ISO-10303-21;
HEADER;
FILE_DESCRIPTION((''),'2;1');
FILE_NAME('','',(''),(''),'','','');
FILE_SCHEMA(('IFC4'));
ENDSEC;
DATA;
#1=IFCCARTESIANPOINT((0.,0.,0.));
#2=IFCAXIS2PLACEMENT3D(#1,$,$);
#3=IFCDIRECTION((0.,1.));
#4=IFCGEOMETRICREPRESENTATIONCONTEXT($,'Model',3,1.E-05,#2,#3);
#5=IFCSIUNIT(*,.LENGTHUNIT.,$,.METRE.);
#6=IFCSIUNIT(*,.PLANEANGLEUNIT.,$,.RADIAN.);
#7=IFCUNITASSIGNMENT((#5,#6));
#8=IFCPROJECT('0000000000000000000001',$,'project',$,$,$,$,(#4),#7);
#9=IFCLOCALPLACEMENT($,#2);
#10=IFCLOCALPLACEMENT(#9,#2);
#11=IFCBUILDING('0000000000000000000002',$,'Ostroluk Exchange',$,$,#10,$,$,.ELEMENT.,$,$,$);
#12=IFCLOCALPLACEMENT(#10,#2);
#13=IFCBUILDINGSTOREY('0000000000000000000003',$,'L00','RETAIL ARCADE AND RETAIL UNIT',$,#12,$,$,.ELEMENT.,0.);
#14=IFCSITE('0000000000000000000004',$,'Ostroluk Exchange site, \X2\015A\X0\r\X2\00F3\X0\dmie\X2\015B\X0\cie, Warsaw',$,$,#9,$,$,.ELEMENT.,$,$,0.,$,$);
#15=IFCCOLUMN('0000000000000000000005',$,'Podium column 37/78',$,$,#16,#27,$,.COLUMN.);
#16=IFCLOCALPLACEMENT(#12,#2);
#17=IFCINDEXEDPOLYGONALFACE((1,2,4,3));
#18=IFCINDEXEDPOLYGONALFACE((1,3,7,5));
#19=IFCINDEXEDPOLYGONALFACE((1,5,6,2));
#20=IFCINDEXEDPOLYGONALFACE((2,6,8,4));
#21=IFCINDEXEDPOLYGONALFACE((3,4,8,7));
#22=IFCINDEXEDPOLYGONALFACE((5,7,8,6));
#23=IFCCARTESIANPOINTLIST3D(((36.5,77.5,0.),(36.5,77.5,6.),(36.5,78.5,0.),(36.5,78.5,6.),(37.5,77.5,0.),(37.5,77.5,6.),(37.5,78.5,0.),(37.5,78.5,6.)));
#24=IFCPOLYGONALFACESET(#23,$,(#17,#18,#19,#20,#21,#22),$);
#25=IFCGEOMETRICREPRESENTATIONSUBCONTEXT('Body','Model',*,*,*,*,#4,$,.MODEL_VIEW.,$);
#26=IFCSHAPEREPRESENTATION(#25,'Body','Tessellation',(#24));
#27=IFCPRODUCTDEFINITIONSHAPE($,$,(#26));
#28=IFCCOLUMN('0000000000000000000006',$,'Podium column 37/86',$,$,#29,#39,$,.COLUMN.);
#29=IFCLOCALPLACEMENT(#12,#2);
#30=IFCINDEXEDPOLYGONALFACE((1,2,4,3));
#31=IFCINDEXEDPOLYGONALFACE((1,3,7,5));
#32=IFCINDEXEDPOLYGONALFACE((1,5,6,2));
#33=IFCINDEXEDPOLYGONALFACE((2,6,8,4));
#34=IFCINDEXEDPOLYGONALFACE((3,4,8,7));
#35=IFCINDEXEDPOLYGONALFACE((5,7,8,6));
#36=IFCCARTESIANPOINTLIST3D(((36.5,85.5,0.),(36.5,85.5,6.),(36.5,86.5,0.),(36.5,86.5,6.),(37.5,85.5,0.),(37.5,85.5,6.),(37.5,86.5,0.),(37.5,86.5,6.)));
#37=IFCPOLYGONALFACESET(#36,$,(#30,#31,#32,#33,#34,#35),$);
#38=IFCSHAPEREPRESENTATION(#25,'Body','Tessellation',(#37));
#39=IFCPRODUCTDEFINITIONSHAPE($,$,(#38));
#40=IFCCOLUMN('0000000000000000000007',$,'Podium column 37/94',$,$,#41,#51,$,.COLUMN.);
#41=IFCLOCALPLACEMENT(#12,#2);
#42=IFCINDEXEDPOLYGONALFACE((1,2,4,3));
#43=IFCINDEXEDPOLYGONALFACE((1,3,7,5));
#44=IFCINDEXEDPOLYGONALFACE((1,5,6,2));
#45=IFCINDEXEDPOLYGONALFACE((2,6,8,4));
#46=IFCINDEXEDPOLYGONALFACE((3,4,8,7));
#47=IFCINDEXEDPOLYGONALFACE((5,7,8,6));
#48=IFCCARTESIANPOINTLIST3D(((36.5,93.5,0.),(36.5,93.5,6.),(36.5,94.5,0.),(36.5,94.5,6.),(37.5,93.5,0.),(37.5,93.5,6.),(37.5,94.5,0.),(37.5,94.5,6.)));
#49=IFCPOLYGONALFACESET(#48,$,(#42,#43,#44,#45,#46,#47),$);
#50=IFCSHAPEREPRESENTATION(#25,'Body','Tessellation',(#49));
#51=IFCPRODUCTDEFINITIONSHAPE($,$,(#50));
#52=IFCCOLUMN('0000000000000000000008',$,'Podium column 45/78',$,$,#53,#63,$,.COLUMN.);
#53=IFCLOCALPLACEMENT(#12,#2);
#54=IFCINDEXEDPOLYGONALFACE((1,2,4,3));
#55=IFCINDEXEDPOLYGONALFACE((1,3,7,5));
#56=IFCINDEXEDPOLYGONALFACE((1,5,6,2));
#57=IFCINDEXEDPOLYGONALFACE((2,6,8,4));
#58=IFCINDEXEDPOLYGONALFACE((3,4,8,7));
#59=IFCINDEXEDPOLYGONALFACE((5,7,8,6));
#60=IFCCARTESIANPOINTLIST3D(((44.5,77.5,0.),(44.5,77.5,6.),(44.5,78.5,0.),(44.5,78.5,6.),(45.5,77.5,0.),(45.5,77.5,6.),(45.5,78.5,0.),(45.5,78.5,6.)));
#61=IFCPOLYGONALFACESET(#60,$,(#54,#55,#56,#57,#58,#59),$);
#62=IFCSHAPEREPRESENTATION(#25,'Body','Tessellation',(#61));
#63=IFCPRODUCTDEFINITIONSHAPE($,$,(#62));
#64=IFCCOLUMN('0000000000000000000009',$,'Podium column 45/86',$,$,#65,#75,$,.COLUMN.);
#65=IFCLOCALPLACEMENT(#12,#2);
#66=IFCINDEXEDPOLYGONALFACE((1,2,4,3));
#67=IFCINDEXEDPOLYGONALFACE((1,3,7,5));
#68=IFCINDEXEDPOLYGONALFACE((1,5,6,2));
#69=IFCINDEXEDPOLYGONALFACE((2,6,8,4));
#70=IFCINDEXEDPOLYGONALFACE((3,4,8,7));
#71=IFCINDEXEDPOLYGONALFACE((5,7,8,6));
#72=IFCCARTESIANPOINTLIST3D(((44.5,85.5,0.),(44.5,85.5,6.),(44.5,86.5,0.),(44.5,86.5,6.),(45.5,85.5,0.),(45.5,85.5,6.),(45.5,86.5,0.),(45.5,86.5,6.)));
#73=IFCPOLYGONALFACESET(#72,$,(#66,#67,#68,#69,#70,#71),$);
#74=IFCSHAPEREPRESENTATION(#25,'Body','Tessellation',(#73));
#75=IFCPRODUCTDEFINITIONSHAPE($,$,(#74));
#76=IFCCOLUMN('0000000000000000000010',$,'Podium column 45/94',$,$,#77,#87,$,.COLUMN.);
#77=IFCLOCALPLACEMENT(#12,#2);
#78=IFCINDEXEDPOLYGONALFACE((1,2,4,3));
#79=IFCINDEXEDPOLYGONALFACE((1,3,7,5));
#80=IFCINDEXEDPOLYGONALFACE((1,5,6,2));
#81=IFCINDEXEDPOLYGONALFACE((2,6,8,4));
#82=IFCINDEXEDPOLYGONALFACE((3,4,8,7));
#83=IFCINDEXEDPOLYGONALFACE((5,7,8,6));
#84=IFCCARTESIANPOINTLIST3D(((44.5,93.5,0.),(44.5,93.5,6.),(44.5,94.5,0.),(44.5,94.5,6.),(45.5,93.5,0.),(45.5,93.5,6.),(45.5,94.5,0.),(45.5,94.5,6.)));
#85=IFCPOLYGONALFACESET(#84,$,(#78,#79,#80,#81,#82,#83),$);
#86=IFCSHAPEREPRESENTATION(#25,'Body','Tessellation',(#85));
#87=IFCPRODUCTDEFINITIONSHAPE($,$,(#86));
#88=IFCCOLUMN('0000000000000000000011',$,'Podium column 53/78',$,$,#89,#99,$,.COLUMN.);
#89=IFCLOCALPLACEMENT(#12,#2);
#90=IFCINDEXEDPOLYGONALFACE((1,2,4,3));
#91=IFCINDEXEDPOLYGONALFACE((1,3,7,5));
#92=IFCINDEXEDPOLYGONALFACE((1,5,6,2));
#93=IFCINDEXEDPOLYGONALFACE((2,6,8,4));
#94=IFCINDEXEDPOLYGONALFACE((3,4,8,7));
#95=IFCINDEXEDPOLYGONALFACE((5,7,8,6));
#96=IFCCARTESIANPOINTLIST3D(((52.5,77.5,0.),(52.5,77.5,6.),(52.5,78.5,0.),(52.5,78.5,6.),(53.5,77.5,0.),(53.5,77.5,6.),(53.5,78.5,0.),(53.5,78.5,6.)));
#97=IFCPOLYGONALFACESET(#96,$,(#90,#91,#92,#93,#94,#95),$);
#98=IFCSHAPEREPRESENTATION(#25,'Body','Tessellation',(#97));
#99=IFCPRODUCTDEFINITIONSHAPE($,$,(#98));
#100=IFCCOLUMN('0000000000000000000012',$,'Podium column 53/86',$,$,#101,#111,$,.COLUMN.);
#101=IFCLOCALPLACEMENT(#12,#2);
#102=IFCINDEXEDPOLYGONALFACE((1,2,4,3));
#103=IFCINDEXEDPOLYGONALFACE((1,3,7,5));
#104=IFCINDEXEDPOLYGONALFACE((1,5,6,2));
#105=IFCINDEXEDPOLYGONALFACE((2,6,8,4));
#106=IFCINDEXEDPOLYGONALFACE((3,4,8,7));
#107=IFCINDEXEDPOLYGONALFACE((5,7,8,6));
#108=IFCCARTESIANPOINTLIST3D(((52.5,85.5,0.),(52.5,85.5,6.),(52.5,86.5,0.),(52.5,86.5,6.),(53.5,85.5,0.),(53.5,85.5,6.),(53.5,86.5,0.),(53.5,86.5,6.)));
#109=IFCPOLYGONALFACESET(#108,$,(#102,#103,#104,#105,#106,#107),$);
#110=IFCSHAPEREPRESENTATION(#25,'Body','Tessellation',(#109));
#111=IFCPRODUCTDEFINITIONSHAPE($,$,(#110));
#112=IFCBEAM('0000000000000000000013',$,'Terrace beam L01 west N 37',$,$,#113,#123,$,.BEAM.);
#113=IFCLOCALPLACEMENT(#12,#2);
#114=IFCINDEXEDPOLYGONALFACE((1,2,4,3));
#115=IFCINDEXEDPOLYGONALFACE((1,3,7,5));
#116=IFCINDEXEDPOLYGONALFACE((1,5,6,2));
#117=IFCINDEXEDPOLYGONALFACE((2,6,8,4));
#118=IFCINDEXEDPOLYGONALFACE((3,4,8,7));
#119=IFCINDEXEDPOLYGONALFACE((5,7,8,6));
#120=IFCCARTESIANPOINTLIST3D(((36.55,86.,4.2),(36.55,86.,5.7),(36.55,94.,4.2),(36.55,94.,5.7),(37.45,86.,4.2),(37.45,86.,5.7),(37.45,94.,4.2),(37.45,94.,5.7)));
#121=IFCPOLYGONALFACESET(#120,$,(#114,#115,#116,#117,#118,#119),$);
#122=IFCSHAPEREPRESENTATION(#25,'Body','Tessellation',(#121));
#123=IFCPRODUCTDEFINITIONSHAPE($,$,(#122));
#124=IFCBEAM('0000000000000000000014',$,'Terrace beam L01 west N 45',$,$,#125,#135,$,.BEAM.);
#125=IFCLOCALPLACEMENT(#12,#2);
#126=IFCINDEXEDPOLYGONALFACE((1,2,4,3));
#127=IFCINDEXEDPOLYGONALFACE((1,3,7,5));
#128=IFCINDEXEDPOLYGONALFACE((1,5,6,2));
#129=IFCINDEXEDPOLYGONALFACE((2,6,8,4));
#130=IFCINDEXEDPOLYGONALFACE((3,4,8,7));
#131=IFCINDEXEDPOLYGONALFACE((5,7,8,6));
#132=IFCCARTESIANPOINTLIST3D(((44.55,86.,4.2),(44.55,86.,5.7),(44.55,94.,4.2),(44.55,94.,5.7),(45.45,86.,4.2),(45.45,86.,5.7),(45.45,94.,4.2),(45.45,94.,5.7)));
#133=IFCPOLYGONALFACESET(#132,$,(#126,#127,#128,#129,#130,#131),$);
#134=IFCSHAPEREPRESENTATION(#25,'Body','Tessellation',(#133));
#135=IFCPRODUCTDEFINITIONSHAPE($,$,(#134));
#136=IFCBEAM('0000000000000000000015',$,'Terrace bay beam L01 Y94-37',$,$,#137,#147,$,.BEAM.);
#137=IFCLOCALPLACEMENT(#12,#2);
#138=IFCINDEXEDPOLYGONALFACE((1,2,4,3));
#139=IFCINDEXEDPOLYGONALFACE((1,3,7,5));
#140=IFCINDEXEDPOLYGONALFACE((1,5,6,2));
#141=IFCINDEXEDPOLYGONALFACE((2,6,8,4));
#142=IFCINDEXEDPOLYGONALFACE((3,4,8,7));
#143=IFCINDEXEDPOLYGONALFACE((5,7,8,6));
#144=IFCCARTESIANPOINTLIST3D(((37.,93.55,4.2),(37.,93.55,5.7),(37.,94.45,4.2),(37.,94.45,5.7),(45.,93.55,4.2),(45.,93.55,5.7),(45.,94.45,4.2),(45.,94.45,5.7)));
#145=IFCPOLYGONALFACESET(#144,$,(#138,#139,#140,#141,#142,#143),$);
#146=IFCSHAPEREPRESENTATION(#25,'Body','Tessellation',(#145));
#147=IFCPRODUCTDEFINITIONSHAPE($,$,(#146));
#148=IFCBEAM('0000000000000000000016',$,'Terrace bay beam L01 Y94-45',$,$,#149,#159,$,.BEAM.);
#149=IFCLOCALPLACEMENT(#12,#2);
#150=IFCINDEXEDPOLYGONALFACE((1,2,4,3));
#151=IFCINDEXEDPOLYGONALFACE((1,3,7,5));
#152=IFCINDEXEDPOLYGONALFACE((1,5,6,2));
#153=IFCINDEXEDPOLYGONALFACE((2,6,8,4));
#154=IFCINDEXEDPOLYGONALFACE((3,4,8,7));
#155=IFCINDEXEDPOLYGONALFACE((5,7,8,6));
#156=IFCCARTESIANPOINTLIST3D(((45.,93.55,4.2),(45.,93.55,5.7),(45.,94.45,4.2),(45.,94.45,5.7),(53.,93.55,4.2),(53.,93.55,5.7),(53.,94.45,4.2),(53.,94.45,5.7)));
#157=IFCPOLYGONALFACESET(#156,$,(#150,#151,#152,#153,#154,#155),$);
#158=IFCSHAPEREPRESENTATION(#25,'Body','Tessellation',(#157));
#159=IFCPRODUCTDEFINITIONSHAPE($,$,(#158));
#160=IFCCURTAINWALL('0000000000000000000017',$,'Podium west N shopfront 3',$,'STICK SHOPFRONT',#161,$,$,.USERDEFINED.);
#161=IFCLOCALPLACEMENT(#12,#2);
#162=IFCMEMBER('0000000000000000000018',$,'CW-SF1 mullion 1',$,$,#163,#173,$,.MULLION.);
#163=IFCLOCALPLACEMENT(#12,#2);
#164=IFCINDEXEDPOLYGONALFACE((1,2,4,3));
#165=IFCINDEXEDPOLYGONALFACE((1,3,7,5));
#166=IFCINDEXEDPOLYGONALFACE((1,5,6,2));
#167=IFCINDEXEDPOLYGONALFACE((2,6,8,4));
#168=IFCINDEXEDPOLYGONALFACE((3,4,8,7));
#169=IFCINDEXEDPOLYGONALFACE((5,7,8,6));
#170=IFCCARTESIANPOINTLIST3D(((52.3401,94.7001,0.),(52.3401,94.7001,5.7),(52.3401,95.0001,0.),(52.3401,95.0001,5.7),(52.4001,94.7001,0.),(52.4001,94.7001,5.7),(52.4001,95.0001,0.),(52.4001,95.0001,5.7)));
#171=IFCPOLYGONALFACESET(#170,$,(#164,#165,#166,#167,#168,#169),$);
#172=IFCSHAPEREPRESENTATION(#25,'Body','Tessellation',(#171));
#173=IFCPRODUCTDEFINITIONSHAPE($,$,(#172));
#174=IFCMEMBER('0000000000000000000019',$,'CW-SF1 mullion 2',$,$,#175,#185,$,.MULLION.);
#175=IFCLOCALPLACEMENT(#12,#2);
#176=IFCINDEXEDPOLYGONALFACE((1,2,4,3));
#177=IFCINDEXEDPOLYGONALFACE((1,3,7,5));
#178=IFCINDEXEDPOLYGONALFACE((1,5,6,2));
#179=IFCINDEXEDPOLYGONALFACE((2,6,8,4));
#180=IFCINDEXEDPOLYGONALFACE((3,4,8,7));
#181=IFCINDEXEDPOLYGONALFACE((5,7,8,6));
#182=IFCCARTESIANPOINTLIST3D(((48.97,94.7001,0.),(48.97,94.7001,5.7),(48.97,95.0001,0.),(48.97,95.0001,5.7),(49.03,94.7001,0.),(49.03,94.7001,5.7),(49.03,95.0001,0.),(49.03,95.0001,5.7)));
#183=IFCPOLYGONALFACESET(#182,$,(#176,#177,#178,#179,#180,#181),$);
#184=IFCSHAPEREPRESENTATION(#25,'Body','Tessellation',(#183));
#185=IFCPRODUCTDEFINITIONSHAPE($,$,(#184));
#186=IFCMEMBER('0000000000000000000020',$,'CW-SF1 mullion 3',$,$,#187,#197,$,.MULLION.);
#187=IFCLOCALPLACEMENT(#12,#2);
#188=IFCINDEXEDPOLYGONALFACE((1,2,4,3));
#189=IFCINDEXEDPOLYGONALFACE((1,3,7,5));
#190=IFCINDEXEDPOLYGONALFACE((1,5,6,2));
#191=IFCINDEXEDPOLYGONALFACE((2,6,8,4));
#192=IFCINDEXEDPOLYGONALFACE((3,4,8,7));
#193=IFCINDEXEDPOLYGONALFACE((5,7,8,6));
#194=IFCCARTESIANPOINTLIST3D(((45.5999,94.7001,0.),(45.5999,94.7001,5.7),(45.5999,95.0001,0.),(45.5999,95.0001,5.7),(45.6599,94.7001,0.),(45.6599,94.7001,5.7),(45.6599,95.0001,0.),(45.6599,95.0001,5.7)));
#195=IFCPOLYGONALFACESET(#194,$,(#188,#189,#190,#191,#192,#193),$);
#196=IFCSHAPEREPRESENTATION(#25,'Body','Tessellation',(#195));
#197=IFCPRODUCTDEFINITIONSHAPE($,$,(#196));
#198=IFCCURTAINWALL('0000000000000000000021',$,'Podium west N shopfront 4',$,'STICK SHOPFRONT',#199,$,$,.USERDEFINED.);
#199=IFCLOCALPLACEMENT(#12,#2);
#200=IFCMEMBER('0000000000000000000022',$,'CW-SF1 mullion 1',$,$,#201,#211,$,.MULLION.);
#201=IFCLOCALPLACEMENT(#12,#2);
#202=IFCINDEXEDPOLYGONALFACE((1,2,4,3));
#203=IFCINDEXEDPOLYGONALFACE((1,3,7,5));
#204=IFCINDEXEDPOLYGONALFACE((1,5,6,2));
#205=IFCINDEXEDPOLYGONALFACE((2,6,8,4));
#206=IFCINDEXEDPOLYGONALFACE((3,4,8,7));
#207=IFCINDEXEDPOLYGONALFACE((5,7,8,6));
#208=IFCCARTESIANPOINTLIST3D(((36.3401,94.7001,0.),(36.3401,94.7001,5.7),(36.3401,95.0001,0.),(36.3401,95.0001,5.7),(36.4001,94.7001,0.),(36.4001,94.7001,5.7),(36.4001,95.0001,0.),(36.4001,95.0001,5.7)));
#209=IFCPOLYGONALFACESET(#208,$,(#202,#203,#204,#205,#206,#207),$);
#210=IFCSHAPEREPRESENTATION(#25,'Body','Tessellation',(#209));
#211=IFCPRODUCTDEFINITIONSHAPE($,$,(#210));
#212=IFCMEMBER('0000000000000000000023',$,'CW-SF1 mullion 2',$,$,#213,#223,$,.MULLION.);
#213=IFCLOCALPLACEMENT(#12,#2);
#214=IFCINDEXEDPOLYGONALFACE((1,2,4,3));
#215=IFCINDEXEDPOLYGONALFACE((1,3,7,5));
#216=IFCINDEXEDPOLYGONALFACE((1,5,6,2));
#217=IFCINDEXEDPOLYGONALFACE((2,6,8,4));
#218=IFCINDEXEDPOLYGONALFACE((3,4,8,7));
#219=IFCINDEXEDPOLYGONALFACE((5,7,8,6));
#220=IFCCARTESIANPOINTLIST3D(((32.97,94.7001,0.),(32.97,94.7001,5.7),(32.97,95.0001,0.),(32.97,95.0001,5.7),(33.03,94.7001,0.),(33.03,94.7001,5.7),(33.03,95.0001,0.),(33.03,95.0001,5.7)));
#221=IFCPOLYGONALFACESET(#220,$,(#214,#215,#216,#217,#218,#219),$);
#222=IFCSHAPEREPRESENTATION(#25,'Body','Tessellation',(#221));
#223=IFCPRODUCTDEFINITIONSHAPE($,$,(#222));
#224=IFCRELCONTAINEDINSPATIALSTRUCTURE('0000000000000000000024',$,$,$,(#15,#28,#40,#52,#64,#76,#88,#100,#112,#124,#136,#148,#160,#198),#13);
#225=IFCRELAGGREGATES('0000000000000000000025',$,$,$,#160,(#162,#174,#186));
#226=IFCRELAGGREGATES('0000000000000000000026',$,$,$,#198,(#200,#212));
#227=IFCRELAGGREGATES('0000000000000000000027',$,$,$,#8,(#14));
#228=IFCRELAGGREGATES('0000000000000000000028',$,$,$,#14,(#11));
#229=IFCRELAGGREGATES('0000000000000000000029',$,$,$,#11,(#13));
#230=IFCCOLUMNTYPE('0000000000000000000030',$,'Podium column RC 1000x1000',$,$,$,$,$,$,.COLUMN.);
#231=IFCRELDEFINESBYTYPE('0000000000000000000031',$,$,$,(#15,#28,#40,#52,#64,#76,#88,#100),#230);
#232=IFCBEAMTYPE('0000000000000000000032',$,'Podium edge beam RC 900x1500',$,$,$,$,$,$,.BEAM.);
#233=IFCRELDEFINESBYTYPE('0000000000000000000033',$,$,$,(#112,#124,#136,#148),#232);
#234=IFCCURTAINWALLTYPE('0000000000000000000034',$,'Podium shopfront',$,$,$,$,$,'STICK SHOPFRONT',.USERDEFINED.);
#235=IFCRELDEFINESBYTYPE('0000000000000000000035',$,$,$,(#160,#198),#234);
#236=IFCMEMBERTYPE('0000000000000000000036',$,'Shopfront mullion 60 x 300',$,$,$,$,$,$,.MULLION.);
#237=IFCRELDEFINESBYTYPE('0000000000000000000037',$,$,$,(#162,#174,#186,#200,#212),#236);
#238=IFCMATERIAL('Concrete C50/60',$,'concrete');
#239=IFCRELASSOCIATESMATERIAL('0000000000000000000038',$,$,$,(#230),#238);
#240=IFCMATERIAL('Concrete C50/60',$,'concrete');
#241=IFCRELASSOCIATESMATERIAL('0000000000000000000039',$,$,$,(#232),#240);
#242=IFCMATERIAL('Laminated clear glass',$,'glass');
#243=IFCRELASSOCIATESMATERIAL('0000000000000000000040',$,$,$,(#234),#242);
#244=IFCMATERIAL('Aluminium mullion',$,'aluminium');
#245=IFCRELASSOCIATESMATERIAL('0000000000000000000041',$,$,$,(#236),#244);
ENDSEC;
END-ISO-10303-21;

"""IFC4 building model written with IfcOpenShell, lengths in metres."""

from ifc_helpers import new_model, si_unit, direction, frame, origin, origin_2d, place, context, subcontext, project, spatial, rectangle, extrude, material, material_profile, profile_set, type_object, element, aggregate, save


model = new_model("IFC4")

# Units and contexts
model_context = context("Model", 3, precision=1e-05, world=origin(), true_north=direction((0.0, 1.0)))
body_context = subcontext(model_context, "Body", "Model", "MODEL_VIEW")
ifc_project = project(units=[si_unit("LENGTHUNIT", "METRE"), si_unit("PLANEANGLEUNIT", "RADIAN")], contexts=[model_context])

# Site, building, storey
site_placement = place(None, origin())
site = spatial("IfcSite", under=ifc_project, at=site_placement, Name="Ostroluk Exchange site, Śródmieście, Warsaw", CompositionType="ELEMENT", RefElevation=0.0)
building_placement = place(site_placement, origin())
building = spatial("IfcBuilding", under=site, at=building_placement, Name="Ostroluk Exchange", CompositionType="ELEMENT")
storey_placement = place(building_placement, origin())
storey = spatial("IfcBuildingStorey", under=building, at=storey_placement, Name="L00", Description="RETAIL ARCADE AND RETAIL UNIT", CompositionType="ELEMENT", Elevation=0.0)

# Columns
ifc_material_1 = material(Name="Concrete C50/60", Category="concrete")
ifc_material_profile_1 = material_profile(ifc_material_1, rectangle(XDim=1.0, YDim=1.0, at=origin_2d()), Name="RC 1000x1000")
ifc_profile_set_1 = profile_set([ifc_material_profile_1], Name="Concrete C50/60")
column_type = type_object("IfcColumnType", Name="Podium column RC 1000x1000", PredefinedType="COLUMN", material=ifc_profile_set_1)
for number, where, z_axis, x_axis, name in (
    (1, (37.0, 78.0, 0.0), (0.0, 0.0, 1.0), (1.0, 0.0, 0.0), "Podium column 37/78"),
    (2, (37.0, 86.0, 0.0), (0.0, 0.0, 1.0), (1.0, 0.0, 0.0), "Podium column 37/86"),
    (3, (37.0, 94.0, 0.0), (0.0, 0.0, 1.0), (1.0, 0.0, 0.0), "Podium column 37/94"),
    (4, (45.0, 78.0, 0.0), (0.0, 0.0, 1.0), (1.0, 0.0, 0.0), "Podium column 45/78"),
    (5, (45.0, 86.0, 0.0), (0.0, 0.0, 1.0), (1.0, 0.0, 0.0), "Podium column 45/86"),
    (6, (45.0, 94.0, 0.0), (0.0, 0.0, 1.0), (1.0, 0.0, 0.0), "Podium column 45/94"),
    (7, (53.0, 78.0, 0.0), (0.0, 0.0, 1.0), (1.0, 0.0, 0.0), "Podium column 53/78"),
    (8, (53.0, 86.0, 0.0), (0.0, 0.0, 1.0), (1.0, 0.0, 0.0), "Podium column 53/86"),
):
    element("IfcColumn", number, at=place(storey_placement, frame(where, z_axis=z_axis, x_axis=x_axis)), inside=storey, type_object=column_type, Name=name, PredefinedType="COLUMN", context=body_context, shape_type="SweptSolid", body=[
        extrude(rectangle(XDim=1.0, YDim=1.0, at=origin_2d()), origin(), (0.0, 0.0, 1.0), 6.0),
    ])

# Beams
ifc_material_2 = material(Name="Concrete C50/60", Category="concrete")
ifc_material_profile_2 = material_profile(ifc_material_2, rectangle(XDim=0.8999, YDim=1.5, at=origin_2d()), Name="RC 900x1500")
ifc_profile_set_2 = profile_set([ifc_material_profile_2], Name="Concrete C50/60")
beam_type = type_object("IfcBeamType", Name="Podium edge beam RC 900x1500", PredefinedType="BEAM", material=ifc_profile_set_2)
for number, where, z_axis, x_axis, name in (
    (9, (37.0, 94.0, 4.95), (0.0, -1.0, 0.0), (1.0, 0.0, 0.0), "Terrace beam L01 west N 37"),
    (10, (45.0, 94.0, 4.95), (0.0, -1.0, 0.0), (1.0, 0.0, 0.0), "Terrace beam L01 west N 45"),
    (11, (37.0, 94.0, 4.95), (1.0, 0.0, 0.0), (0.0, 1.0, 0.0), "Terrace bay beam L01 Y94-37"),
    (12, (45.0, 94.0, 4.95), (1.0, 0.0, 0.0), (0.0, 1.0, 0.0), "Terrace bay beam L01 Y94-45"),
):
    element("IfcBeam", number, at=place(storey_placement, frame(where, z_axis=z_axis, x_axis=x_axis)), inside=storey, type_object=beam_type, Name=name, PredefinedType="BEAM", context=body_context, shape_type="SweptSolid", body=[
        extrude(rectangle(XDim=0.8999, YDim=1.5, at=origin_2d()), origin(), (0.0, 0.0, 1.0), 8.0),
    ])

# Curtain walls, members
ifc_material_3 = material(Name="Laminated clear glass", Category="glass")
curtain_wall_type = type_object("IfcCurtainWallType", Name="Podium shopfront", ElementType="STICK SHOPFRONT", PredefinedType="USERDEFINED", material=ifc_material_3)
curtain_wall_1_placement = place(storey_placement, origin())
curtain_wall_1 = element("IfcCurtainWall", 13, at=curtain_wall_1_placement, inside=storey, type_object=curtain_wall_type, Name="Podium west N shopfront 3", ObjectType="STICK SHOPFRONT", PredefinedType="USERDEFINED")
ifc_material_4 = material(Name="Aluminium mullion", Category="aluminium")
ifc_material_profile_3 = material_profile(ifc_material_4, rectangle(XDim=0.3, YDim=0.0601, at=origin_2d()), Name="Shopfront mullion 60 x 300")
ifc_profile_set_3 = profile_set([ifc_material_profile_3], Name="Aluminium mullion")
member_type_1 = type_object("IfcMemberType", Name="Shopfront mullion 60 x 300", PredefinedType="MULLION", material=ifc_profile_set_3)
member_1_placement = place(storey_placement, frame((52.3701, 94.8501, 0.0), z_axis=(0.0, 0.0, 1.0), x_axis=(0.0, -1.0, 0.0)))
member_1 = element("IfcMember", 14, at=member_1_placement, type_object=member_type_1, Name="CW-SF1 mullion 1", PredefinedType="MULLION", context=body_context, shape_type="SweptSolid", body=[
    extrude(rectangle(XDim=0.3, YDim=0.0601, at=origin_2d()), origin(), (0.0, 0.0, 1.0), 5.7),
])
member_2_placement = place(storey_placement, frame((49.0, 94.8501, 0.0), z_axis=(0.0, 0.0, 1.0), x_axis=(0.0, -1.0, 0.0)))
member_2 = element("IfcMember", 15, at=member_2_placement, type_object=member_type_1, Name="CW-SF1 mullion 2", PredefinedType="MULLION", context=body_context, shape_type="SweptSolid", body=[
    extrude(rectangle(XDim=0.3, YDim=0.0601, at=origin_2d()), origin(), (0.0, 0.0, 1.0), 5.7),
])
member_3_placement = place(storey_placement, frame((45.6299, 94.8501, 0.0), z_axis=(0.0, 0.0, 1.0), x_axis=(0.0, -1.0, 0.0)))
member_3 = element("IfcMember", 16, at=member_3_placement, type_object=member_type_1, Name="CW-SF1 mullion 3", PredefinedType="MULLION", context=body_context, shape_type="SweptSolid", body=[
    extrude(rectangle(XDim=0.3, YDim=0.0601, at=origin_2d()), origin(), (0.0, 0.0, 1.0), 5.7),
])
curtain_wall_2_placement = place(storey_placement, origin())
curtain_wall_2 = element("IfcCurtainWall", 17, at=curtain_wall_2_placement, inside=storey, type_object=curtain_wall_type, Name="Podium west N shopfront 4", ObjectType="STICK SHOPFRONT", PredefinedType="USERDEFINED")
member_4_placement = place(storey_placement, frame((36.3701, 94.8501, 0.0), z_axis=(0.0, 0.0, 1.0), x_axis=(0.0, -1.0, 0.0)))
member_4 = element("IfcMember", 18, at=member_4_placement, type_object=member_type_1, Name="CW-SF1 mullion 1", PredefinedType="MULLION", context=body_context, shape_type="SweptSolid", body=[
    extrude(rectangle(XDim=0.3, YDim=0.0601, at=origin_2d()), origin(), (0.0, 0.0, 1.0), 5.7),
])
member_5_placement = place(storey_placement, frame((33.0, 94.8501, 0.0), z_axis=(0.0, 0.0, 1.0), x_axis=(0.0, -1.0, 0.0)))
member_5 = element("IfcMember", 19, at=member_5_placement, type_object=member_type_1, Name="CW-SF1 mullion 2", PredefinedType="MULLION", context=body_context, shape_type="SweptSolid", body=[
    extrude(rectangle(XDim=0.3, YDim=0.0601, at=origin_2d()), origin(), (0.0, 0.0, 1.0), 5.7),
])

aggregate(curtain_wall_1, [member_1, member_2, member_3])
aggregate(curtain_wall_2, [member_4, member_5])

save(model, "model.ifc")
